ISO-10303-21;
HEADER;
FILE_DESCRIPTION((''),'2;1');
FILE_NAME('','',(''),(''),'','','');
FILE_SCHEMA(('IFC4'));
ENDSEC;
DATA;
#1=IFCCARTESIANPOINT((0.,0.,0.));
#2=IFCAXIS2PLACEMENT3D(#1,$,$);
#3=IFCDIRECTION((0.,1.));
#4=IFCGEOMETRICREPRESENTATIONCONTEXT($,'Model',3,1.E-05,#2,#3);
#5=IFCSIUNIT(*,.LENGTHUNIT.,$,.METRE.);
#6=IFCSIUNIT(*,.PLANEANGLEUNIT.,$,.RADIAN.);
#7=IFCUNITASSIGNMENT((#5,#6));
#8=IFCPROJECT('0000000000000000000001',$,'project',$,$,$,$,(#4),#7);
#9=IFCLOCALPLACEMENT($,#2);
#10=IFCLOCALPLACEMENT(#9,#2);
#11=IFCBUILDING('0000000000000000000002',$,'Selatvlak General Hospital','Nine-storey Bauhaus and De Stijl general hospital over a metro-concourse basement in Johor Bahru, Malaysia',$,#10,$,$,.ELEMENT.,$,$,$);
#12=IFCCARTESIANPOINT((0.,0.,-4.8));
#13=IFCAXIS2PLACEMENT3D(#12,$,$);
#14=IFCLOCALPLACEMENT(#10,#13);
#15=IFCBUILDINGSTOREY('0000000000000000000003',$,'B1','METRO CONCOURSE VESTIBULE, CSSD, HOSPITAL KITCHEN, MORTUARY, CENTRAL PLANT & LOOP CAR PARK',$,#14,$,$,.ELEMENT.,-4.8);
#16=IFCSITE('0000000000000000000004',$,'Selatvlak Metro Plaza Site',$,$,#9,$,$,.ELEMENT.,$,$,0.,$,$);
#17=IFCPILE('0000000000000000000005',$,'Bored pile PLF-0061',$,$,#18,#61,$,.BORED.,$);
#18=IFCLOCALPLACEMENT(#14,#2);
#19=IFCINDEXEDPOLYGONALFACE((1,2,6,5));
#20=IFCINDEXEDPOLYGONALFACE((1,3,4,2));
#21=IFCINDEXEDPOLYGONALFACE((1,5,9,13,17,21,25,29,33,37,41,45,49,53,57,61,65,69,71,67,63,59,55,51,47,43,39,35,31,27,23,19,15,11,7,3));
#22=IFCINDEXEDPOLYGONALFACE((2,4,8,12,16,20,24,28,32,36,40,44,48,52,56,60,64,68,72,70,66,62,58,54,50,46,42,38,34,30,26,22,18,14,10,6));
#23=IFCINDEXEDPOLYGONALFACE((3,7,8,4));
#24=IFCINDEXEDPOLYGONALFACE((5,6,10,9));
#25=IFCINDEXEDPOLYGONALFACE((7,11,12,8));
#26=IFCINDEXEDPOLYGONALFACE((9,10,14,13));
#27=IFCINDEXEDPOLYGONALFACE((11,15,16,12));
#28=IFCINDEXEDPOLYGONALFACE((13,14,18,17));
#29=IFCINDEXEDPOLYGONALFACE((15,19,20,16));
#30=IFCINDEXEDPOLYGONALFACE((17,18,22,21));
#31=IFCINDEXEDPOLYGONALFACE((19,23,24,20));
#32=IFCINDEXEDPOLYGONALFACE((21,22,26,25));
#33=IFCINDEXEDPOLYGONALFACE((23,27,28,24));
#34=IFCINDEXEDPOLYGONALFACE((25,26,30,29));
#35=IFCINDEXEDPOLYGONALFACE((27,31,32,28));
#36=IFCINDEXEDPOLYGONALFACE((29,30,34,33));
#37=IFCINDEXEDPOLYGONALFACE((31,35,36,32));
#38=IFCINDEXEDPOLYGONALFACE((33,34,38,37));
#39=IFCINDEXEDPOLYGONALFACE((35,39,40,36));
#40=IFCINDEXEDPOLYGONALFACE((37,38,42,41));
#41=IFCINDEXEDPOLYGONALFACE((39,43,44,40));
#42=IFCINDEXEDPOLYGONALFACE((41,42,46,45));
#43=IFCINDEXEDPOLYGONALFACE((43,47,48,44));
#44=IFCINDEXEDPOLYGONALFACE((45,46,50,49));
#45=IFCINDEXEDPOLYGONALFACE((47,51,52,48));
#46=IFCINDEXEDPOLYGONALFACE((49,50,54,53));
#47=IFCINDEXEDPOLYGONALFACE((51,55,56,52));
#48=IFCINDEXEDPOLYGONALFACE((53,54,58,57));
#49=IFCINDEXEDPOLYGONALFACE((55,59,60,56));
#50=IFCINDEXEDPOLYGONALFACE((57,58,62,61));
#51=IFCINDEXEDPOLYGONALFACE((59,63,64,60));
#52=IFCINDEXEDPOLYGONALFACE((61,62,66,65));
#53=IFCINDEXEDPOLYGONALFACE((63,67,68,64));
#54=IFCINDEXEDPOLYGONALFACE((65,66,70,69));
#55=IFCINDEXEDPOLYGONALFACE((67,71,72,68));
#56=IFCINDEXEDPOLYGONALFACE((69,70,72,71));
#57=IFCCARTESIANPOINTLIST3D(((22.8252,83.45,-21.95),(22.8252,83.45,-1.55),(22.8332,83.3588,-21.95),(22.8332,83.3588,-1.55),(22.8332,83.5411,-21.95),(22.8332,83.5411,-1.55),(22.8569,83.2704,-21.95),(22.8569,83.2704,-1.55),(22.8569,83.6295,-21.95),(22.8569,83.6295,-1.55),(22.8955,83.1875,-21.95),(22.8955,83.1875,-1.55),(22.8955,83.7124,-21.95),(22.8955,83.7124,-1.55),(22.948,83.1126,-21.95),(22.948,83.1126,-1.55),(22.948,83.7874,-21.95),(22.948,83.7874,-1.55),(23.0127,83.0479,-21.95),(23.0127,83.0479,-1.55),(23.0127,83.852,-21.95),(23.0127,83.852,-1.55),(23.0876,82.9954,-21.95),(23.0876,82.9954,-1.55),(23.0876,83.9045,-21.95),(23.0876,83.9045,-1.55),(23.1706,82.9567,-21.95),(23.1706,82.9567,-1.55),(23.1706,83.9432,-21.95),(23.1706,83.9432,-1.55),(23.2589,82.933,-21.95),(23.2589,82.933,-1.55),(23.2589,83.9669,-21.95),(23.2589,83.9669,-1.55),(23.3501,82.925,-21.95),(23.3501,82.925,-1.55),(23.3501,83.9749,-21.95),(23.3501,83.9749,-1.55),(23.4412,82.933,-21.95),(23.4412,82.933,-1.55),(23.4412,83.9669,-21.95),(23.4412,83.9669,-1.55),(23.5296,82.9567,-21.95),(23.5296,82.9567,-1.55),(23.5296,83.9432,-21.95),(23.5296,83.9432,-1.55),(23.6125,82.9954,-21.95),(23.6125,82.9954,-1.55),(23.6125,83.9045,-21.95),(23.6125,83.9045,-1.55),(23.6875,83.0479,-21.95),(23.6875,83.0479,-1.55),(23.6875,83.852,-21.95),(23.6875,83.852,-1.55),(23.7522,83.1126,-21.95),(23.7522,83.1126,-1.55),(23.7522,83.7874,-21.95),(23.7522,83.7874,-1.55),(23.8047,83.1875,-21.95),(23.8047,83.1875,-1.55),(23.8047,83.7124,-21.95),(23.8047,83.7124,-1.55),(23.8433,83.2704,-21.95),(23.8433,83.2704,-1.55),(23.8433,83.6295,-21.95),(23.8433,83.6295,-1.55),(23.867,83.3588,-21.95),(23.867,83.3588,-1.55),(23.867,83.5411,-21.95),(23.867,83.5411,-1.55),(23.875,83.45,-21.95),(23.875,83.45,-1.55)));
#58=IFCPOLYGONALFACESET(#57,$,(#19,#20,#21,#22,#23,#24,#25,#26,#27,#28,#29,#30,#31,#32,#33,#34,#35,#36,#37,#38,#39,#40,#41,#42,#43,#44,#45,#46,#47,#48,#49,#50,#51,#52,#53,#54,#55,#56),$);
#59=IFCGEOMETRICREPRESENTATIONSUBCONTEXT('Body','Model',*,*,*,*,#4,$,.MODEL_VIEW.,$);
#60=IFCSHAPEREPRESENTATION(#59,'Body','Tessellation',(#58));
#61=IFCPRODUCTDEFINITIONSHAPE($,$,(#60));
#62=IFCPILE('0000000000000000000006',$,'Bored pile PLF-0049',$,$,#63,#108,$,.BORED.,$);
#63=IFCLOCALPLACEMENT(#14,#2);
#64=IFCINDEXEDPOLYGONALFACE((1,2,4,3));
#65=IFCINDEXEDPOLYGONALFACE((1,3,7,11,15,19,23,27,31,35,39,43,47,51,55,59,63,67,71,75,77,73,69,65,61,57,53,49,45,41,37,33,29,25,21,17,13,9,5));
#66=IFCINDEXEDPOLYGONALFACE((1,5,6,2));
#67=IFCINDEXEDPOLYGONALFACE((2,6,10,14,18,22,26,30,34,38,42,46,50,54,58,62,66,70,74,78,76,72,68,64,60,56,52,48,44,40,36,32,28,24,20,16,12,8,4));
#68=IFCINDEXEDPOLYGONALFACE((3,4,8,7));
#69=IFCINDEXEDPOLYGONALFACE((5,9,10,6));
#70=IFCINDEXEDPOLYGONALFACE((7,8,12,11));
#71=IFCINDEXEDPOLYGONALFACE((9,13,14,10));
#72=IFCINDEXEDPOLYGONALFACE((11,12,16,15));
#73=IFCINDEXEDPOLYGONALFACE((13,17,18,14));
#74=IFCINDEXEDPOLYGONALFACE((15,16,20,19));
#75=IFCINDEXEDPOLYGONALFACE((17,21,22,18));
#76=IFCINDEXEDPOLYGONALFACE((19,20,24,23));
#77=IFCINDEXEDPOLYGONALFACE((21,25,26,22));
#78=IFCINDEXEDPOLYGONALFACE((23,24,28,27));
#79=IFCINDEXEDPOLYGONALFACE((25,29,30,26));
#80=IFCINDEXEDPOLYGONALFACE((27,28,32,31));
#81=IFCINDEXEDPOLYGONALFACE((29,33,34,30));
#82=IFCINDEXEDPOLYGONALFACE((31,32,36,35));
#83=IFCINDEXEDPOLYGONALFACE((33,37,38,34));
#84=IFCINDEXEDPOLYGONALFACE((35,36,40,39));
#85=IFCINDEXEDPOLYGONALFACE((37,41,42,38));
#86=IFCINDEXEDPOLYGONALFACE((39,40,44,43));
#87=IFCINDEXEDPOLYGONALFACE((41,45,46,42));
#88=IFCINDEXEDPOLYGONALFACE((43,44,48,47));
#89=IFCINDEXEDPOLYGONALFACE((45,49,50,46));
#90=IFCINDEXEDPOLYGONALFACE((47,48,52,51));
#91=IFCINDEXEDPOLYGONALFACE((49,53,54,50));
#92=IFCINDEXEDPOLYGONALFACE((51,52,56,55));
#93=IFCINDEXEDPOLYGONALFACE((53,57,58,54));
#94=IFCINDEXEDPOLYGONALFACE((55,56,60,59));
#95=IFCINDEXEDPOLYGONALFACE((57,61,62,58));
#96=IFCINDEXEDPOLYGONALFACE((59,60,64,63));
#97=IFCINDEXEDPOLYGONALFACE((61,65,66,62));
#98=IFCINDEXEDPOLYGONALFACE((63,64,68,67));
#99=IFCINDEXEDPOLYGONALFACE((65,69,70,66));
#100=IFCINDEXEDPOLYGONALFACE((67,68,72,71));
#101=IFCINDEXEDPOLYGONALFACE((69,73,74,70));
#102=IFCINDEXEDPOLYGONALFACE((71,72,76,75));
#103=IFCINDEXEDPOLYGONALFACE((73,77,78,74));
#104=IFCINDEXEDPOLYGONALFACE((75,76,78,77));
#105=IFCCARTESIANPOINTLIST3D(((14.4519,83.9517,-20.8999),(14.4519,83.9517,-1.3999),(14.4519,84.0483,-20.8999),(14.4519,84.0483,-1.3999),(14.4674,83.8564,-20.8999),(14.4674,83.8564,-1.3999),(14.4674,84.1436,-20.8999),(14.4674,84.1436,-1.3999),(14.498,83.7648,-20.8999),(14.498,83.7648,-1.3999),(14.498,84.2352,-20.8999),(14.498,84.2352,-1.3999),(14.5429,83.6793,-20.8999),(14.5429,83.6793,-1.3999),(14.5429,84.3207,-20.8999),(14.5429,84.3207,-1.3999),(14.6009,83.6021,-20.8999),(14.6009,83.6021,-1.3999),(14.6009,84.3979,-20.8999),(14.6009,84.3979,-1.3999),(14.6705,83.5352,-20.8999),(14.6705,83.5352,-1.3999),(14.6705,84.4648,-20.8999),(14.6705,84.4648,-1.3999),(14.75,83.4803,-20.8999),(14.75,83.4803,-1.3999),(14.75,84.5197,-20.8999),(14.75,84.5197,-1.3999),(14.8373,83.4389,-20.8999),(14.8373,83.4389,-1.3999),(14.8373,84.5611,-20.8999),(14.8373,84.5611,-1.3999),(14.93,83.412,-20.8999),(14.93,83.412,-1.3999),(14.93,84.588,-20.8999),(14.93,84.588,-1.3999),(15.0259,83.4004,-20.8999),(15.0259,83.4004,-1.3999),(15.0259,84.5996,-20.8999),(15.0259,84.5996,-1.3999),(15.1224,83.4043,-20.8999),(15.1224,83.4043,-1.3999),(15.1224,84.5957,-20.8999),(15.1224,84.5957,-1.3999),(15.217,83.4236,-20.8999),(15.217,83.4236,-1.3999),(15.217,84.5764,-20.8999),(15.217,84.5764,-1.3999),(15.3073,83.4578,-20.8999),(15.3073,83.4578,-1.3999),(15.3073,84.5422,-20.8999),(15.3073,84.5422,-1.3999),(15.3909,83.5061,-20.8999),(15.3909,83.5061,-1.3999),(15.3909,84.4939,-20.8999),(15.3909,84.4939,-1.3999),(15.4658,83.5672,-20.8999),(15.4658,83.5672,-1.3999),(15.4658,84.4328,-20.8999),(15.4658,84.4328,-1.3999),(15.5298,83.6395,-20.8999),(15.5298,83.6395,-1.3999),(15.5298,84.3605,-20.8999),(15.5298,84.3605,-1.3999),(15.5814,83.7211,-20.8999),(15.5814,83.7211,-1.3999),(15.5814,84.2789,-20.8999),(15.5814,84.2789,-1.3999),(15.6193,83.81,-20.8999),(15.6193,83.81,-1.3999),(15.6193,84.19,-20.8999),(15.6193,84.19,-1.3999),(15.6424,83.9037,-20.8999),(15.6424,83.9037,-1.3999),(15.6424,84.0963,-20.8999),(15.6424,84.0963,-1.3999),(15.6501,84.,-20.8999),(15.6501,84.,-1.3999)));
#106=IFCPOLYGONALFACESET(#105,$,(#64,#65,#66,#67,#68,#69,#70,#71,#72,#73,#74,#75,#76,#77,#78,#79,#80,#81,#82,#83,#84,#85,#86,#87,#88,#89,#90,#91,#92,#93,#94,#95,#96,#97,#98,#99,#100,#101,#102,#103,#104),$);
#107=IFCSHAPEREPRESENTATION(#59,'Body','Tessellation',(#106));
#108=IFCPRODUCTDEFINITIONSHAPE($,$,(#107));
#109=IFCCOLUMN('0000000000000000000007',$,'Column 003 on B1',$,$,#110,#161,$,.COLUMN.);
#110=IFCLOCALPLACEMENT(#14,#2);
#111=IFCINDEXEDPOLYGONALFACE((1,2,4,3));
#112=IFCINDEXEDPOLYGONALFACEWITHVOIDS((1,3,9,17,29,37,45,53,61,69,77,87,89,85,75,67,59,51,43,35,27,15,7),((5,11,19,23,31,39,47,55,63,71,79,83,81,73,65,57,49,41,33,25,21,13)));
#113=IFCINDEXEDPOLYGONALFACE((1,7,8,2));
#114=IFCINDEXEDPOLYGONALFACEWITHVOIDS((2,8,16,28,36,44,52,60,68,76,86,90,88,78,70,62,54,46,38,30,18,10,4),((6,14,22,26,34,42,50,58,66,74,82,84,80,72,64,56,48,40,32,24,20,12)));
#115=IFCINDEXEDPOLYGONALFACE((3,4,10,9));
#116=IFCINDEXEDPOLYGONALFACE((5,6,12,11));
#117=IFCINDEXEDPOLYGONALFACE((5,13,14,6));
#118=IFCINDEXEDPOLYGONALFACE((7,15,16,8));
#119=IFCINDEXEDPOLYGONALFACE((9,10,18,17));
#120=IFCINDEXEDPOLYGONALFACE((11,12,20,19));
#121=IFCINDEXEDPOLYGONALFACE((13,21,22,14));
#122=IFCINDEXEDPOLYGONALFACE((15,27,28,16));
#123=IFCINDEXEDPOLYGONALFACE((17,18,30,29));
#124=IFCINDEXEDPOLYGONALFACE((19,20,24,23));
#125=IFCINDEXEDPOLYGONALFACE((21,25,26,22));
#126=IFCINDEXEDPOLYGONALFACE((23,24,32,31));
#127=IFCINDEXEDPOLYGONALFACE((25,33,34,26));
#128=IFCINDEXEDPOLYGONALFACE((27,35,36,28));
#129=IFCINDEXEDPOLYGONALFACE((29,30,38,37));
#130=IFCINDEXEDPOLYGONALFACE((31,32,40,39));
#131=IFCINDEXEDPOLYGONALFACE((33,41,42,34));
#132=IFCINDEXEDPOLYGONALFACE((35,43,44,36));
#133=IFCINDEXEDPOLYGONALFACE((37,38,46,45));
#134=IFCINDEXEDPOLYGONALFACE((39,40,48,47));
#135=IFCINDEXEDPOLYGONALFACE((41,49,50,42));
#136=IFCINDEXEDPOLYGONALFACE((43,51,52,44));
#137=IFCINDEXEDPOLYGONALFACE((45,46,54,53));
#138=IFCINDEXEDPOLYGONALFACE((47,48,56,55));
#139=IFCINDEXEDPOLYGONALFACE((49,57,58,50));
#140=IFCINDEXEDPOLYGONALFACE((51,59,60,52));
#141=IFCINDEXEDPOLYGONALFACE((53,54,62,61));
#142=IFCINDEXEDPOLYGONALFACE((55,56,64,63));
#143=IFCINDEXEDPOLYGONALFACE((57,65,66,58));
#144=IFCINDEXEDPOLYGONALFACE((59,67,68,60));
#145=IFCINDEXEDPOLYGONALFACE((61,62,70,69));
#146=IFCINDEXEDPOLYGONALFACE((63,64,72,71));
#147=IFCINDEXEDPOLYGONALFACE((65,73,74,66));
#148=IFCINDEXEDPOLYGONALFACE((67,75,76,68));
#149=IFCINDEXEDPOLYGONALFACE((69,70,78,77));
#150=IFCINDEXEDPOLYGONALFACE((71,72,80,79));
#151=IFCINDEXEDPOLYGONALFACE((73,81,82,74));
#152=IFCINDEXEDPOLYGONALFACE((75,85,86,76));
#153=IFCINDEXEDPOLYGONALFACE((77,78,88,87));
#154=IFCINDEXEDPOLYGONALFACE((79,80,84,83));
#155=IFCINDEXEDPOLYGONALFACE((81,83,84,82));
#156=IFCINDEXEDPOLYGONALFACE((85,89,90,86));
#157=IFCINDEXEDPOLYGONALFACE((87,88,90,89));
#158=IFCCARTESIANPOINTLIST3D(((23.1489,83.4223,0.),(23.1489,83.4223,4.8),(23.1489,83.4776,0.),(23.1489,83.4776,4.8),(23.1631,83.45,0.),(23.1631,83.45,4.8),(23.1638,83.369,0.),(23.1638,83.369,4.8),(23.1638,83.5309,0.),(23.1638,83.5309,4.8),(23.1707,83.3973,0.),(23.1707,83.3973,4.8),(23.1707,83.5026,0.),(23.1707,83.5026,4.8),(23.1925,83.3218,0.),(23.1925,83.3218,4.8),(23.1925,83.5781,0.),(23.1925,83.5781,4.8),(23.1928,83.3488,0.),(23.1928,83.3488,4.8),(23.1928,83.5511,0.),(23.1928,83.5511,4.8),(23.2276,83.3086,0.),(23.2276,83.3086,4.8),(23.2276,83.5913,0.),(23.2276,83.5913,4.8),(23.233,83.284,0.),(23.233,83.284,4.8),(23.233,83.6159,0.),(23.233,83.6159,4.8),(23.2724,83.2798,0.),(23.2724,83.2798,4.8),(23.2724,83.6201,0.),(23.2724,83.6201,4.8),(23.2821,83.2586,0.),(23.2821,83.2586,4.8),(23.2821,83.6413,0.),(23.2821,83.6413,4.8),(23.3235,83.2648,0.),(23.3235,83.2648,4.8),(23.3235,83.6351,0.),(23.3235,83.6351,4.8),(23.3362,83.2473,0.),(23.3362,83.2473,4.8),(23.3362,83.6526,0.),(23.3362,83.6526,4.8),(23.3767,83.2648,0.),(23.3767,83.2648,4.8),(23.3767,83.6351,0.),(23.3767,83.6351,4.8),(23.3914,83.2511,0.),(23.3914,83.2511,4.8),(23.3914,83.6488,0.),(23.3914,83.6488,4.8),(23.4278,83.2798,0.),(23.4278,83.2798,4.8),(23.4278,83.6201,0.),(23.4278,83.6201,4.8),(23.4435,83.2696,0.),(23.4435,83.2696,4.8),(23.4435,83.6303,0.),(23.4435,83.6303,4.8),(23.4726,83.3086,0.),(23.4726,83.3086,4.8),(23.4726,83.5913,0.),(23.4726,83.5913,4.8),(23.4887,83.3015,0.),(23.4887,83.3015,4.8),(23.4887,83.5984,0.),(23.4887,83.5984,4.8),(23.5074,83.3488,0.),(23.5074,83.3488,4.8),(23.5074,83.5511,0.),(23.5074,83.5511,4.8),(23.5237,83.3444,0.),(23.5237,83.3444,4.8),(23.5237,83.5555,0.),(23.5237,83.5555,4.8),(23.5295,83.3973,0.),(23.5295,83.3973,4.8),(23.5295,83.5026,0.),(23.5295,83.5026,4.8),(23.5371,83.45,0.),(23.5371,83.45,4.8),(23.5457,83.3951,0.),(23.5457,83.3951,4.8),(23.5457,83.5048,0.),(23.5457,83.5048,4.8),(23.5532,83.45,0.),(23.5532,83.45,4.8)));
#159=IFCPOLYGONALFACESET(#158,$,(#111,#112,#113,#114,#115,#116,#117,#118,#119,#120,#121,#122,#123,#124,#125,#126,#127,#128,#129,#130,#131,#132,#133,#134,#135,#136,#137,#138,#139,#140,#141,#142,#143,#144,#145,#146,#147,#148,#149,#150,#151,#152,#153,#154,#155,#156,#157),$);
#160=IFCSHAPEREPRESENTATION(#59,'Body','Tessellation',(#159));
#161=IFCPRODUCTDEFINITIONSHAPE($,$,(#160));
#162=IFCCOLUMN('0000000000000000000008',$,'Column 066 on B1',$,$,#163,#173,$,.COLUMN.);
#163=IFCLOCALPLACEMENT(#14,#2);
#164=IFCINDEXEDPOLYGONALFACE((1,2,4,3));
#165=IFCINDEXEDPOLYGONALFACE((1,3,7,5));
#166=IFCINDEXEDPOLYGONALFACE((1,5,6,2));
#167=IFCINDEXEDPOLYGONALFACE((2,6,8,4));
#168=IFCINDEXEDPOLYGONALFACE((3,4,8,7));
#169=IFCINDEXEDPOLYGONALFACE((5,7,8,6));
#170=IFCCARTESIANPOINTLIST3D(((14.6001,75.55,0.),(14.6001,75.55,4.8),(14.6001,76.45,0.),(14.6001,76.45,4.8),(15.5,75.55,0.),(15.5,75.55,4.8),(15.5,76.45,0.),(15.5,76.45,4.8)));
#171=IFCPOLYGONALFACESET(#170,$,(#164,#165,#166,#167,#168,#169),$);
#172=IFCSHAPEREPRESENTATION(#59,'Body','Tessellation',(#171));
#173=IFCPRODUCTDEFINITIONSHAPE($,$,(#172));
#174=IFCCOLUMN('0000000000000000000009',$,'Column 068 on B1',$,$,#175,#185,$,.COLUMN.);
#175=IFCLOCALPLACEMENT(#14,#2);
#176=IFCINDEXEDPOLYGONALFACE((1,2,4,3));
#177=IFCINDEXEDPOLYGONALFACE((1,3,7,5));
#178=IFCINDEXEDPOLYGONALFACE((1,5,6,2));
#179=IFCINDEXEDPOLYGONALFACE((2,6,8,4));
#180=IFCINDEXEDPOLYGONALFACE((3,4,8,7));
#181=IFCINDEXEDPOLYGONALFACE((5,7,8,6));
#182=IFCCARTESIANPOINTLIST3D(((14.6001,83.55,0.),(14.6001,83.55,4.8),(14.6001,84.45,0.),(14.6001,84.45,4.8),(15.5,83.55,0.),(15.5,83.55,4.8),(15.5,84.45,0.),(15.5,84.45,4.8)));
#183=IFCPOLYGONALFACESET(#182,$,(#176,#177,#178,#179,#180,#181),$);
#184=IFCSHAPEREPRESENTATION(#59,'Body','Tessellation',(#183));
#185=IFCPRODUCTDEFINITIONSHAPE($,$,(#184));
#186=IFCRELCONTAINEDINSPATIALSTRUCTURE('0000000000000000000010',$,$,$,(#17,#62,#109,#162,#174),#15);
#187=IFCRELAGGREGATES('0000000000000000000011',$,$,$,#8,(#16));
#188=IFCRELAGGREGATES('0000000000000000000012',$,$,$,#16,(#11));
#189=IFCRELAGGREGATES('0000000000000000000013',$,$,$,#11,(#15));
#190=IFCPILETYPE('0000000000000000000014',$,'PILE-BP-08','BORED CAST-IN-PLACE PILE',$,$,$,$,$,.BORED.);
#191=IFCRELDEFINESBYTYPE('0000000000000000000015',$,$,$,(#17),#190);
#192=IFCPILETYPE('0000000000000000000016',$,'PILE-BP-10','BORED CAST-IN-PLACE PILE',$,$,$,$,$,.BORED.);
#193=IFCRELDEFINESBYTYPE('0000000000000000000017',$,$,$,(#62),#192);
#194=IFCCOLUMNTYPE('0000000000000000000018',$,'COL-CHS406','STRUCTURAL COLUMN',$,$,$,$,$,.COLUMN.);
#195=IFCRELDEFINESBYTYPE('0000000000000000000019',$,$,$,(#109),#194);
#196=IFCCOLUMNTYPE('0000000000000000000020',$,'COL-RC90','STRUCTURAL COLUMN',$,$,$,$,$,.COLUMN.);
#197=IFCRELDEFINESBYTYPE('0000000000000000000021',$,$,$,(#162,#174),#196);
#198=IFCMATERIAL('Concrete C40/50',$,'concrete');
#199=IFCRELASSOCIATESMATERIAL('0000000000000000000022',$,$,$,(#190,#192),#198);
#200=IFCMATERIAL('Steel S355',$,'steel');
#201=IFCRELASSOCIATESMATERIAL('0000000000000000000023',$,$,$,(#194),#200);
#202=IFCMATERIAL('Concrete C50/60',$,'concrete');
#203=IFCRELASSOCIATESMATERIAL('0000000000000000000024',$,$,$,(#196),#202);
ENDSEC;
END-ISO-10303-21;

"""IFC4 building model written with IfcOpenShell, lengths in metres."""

from ifc_helpers import new_model, si_unit, direction, frame, origin, origin_2d, place, context, subcontext, project, spatial, rectangle, circle, hollow_circle, extrude, material, material_profile, profile_set, type_object, element, save


model = new_model("IFC4")

# Units and contexts
model_context = context("Model", 3, precision=1e-05, world=origin(), true_north=direction((0.0, 1.0)))
body_context = subcontext(model_context, "Body", "Model", "MODEL_VIEW")
ifc_project = project(units=[si_unit("LENGTHUNIT", "METRE"), si_unit("PLANEANGLEUNIT", "RADIAN")], contexts=[model_context])

# Site, building, storey
site_placement = place(None, origin())
site = spatial("IfcSite", under=ifc_project, at=site_placement, Name="Selatvlak Metro Plaza Site", CompositionType="ELEMENT", RefElevation=0.0)
building_placement = place(site_placement, origin())
building = spatial("IfcBuilding", under=site, at=building_placement, Name="Selatvlak General Hospital", Description="Nine-storey Bauhaus and De Stijl general hospital over a metro-concourse basement in Johor Bahru, Malaysia", CompositionType="ELEMENT")
storey_placement = place(building_placement, frame((0.0, 0.0, -4.8)))
storey = spatial("IfcBuildingStorey", under=building, at=storey_placement, Name="B1", Description="METRO CONCOURSE VESTIBULE, CSSD, HOSPITAL KITCHEN, MORTUARY, CENTRAL PLANT & LOOP CAR PARK", CompositionType="ELEMENT", Elevation=-4.8)

# Shared definitions
ifc_material_1 = material(Name="Concrete C40/50", Category="concrete")

# Piles
ifc_material_profile_1 = material_profile(ifc_material_1, circle(Radius=0.5249, at=origin_2d()), Name="BORED PILE 1050")
ifc_profile_set_1 = profile_set([ifc_material_profile_1], Name="Concrete C40/50")
pile_type_1 = type_object("IfcPileType", Name="PILE-BP-08", Description="BORED CAST-IN-PLACE PILE", PredefinedType="BORED", material=ifc_profile_set_1)
pile_1_placement = place(storey_placement, frame((23.3501, 83.45, -1.55), z_axis=(0.0, 0.0, -1.0), x_axis=(1.0, 0.0, 0.0)))
element("IfcPile", 1, at=pile_1_placement, inside=storey, type_object=pile_type_1, Name="Bored pile PLF-0061", PredefinedType="BORED", context=body_context, shape_type="SweptSolid", body=[
    extrude(circle(Radius=0.5249, at=origin_2d()), origin(), (0.0, 0.0, 1.0), 20.3999),
])
ifc_material_profile_2 = material_profile(ifc_material_1, circle(Radius=0.6001, at=origin_2d()), Name="BORED PILE 1200")
ifc_profile_set_2 = profile_set([ifc_material_profile_2], Name="Concrete C40/50")
pile_type_2 = type_object("IfcPileType", Name="PILE-BP-10", Description="BORED CAST-IN-PLACE PILE", PredefinedType="BORED", material=ifc_profile_set_2)
pile_2_placement = place(storey_placement, frame((15.05, 84.0, -1.3999), z_axis=(0.0, 0.0, -1.0), x_axis=(1.0, 0.0, 0.0)))
element("IfcPile", 2, at=pile_2_placement, inside=storey, type_object=pile_type_2, Name="Bored pile PLF-0049", PredefinedType="BORED", context=body_context, shape_type="SweptSolid", body=[
    extrude(circle(Radius=0.6001, at=origin_2d()), origin(), (0.0, 0.0, 1.0), 19.5),
])

# Columns
ifc_material_2 = material(Name="Steel S355", Category="steel")
ifc_material_profile_3 = material_profile(ifc_material_2, hollow_circle(Radius=0.2031, WallThickness=0.0161, at=origin_2d()), Name="CHS 406.4x16")
ifc_profile_set_3 = profile_set([ifc_material_profile_3], Name="Steel S355")
column_type_1 = type_object("IfcColumnType", Name="COL-CHS406", Description="STRUCTURAL COLUMN", PredefinedType="COLUMN", material=ifc_profile_set_3)
column_placement = place(storey_placement, frame((23.3501, 83.45, 0.0), z_axis=(0.0, 0.0, 1.0), x_axis=(1.0, 0.0, 0.0)))
element("IfcColumn", 3, at=column_placement, inside=storey, type_object=column_type_1, Name="Column 003 on B1", PredefinedType="COLUMN", context=body_context, shape_type="SweptSolid", body=[
    extrude(hollow_circle(Radius=0.2031, WallThickness=0.0161, at=origin_2d()), origin(), (0.0, 0.0, 1.0), 4.8),
])
ifc_material_3 = material(Name="Concrete C50/60", Category="concrete")
ifc_material_profile_4 = material_profile(ifc_material_3, rectangle(XDim=0.8999, YDim=0.8999, at=origin_2d()), Name="RC-COL 900x900")
ifc_profile_set_4 = profile_set([ifc_material_profile_4], Name="Concrete C50/60")
column_type_2 = type_object("IfcColumnType", Name="COL-RC90", Description="STRUCTURAL COLUMN", PredefinedType="COLUMN", material=ifc_profile_set_4)
for number, where, z_axis, x_axis, name in (
    (4, (15.05, 76.0, 0.0), (0.0, 0.0, 1.0), (1.0, 0.0, 0.0), "Column 066 on B1"),
    (5, (15.05, 84.0, 0.0), (0.0, 0.0, 1.0), (1.0, 0.0, 0.0), "Column 068 on B1"),
):
    element("IfcColumn", number, at=place(storey_placement, frame(where, z_axis=z_axis, x_axis=x_axis)), inside=storey, type_object=column_type_2, Name=name, PredefinedType="COLUMN", context=body_context, shape_type="SweptSolid", body=[
        extrude(rectangle(XDim=0.8999, YDim=0.8999, at=origin_2d()), origin(), (0.0, 0.0, 1.0), 4.8),
    ])

save(model, "model.ifc")
